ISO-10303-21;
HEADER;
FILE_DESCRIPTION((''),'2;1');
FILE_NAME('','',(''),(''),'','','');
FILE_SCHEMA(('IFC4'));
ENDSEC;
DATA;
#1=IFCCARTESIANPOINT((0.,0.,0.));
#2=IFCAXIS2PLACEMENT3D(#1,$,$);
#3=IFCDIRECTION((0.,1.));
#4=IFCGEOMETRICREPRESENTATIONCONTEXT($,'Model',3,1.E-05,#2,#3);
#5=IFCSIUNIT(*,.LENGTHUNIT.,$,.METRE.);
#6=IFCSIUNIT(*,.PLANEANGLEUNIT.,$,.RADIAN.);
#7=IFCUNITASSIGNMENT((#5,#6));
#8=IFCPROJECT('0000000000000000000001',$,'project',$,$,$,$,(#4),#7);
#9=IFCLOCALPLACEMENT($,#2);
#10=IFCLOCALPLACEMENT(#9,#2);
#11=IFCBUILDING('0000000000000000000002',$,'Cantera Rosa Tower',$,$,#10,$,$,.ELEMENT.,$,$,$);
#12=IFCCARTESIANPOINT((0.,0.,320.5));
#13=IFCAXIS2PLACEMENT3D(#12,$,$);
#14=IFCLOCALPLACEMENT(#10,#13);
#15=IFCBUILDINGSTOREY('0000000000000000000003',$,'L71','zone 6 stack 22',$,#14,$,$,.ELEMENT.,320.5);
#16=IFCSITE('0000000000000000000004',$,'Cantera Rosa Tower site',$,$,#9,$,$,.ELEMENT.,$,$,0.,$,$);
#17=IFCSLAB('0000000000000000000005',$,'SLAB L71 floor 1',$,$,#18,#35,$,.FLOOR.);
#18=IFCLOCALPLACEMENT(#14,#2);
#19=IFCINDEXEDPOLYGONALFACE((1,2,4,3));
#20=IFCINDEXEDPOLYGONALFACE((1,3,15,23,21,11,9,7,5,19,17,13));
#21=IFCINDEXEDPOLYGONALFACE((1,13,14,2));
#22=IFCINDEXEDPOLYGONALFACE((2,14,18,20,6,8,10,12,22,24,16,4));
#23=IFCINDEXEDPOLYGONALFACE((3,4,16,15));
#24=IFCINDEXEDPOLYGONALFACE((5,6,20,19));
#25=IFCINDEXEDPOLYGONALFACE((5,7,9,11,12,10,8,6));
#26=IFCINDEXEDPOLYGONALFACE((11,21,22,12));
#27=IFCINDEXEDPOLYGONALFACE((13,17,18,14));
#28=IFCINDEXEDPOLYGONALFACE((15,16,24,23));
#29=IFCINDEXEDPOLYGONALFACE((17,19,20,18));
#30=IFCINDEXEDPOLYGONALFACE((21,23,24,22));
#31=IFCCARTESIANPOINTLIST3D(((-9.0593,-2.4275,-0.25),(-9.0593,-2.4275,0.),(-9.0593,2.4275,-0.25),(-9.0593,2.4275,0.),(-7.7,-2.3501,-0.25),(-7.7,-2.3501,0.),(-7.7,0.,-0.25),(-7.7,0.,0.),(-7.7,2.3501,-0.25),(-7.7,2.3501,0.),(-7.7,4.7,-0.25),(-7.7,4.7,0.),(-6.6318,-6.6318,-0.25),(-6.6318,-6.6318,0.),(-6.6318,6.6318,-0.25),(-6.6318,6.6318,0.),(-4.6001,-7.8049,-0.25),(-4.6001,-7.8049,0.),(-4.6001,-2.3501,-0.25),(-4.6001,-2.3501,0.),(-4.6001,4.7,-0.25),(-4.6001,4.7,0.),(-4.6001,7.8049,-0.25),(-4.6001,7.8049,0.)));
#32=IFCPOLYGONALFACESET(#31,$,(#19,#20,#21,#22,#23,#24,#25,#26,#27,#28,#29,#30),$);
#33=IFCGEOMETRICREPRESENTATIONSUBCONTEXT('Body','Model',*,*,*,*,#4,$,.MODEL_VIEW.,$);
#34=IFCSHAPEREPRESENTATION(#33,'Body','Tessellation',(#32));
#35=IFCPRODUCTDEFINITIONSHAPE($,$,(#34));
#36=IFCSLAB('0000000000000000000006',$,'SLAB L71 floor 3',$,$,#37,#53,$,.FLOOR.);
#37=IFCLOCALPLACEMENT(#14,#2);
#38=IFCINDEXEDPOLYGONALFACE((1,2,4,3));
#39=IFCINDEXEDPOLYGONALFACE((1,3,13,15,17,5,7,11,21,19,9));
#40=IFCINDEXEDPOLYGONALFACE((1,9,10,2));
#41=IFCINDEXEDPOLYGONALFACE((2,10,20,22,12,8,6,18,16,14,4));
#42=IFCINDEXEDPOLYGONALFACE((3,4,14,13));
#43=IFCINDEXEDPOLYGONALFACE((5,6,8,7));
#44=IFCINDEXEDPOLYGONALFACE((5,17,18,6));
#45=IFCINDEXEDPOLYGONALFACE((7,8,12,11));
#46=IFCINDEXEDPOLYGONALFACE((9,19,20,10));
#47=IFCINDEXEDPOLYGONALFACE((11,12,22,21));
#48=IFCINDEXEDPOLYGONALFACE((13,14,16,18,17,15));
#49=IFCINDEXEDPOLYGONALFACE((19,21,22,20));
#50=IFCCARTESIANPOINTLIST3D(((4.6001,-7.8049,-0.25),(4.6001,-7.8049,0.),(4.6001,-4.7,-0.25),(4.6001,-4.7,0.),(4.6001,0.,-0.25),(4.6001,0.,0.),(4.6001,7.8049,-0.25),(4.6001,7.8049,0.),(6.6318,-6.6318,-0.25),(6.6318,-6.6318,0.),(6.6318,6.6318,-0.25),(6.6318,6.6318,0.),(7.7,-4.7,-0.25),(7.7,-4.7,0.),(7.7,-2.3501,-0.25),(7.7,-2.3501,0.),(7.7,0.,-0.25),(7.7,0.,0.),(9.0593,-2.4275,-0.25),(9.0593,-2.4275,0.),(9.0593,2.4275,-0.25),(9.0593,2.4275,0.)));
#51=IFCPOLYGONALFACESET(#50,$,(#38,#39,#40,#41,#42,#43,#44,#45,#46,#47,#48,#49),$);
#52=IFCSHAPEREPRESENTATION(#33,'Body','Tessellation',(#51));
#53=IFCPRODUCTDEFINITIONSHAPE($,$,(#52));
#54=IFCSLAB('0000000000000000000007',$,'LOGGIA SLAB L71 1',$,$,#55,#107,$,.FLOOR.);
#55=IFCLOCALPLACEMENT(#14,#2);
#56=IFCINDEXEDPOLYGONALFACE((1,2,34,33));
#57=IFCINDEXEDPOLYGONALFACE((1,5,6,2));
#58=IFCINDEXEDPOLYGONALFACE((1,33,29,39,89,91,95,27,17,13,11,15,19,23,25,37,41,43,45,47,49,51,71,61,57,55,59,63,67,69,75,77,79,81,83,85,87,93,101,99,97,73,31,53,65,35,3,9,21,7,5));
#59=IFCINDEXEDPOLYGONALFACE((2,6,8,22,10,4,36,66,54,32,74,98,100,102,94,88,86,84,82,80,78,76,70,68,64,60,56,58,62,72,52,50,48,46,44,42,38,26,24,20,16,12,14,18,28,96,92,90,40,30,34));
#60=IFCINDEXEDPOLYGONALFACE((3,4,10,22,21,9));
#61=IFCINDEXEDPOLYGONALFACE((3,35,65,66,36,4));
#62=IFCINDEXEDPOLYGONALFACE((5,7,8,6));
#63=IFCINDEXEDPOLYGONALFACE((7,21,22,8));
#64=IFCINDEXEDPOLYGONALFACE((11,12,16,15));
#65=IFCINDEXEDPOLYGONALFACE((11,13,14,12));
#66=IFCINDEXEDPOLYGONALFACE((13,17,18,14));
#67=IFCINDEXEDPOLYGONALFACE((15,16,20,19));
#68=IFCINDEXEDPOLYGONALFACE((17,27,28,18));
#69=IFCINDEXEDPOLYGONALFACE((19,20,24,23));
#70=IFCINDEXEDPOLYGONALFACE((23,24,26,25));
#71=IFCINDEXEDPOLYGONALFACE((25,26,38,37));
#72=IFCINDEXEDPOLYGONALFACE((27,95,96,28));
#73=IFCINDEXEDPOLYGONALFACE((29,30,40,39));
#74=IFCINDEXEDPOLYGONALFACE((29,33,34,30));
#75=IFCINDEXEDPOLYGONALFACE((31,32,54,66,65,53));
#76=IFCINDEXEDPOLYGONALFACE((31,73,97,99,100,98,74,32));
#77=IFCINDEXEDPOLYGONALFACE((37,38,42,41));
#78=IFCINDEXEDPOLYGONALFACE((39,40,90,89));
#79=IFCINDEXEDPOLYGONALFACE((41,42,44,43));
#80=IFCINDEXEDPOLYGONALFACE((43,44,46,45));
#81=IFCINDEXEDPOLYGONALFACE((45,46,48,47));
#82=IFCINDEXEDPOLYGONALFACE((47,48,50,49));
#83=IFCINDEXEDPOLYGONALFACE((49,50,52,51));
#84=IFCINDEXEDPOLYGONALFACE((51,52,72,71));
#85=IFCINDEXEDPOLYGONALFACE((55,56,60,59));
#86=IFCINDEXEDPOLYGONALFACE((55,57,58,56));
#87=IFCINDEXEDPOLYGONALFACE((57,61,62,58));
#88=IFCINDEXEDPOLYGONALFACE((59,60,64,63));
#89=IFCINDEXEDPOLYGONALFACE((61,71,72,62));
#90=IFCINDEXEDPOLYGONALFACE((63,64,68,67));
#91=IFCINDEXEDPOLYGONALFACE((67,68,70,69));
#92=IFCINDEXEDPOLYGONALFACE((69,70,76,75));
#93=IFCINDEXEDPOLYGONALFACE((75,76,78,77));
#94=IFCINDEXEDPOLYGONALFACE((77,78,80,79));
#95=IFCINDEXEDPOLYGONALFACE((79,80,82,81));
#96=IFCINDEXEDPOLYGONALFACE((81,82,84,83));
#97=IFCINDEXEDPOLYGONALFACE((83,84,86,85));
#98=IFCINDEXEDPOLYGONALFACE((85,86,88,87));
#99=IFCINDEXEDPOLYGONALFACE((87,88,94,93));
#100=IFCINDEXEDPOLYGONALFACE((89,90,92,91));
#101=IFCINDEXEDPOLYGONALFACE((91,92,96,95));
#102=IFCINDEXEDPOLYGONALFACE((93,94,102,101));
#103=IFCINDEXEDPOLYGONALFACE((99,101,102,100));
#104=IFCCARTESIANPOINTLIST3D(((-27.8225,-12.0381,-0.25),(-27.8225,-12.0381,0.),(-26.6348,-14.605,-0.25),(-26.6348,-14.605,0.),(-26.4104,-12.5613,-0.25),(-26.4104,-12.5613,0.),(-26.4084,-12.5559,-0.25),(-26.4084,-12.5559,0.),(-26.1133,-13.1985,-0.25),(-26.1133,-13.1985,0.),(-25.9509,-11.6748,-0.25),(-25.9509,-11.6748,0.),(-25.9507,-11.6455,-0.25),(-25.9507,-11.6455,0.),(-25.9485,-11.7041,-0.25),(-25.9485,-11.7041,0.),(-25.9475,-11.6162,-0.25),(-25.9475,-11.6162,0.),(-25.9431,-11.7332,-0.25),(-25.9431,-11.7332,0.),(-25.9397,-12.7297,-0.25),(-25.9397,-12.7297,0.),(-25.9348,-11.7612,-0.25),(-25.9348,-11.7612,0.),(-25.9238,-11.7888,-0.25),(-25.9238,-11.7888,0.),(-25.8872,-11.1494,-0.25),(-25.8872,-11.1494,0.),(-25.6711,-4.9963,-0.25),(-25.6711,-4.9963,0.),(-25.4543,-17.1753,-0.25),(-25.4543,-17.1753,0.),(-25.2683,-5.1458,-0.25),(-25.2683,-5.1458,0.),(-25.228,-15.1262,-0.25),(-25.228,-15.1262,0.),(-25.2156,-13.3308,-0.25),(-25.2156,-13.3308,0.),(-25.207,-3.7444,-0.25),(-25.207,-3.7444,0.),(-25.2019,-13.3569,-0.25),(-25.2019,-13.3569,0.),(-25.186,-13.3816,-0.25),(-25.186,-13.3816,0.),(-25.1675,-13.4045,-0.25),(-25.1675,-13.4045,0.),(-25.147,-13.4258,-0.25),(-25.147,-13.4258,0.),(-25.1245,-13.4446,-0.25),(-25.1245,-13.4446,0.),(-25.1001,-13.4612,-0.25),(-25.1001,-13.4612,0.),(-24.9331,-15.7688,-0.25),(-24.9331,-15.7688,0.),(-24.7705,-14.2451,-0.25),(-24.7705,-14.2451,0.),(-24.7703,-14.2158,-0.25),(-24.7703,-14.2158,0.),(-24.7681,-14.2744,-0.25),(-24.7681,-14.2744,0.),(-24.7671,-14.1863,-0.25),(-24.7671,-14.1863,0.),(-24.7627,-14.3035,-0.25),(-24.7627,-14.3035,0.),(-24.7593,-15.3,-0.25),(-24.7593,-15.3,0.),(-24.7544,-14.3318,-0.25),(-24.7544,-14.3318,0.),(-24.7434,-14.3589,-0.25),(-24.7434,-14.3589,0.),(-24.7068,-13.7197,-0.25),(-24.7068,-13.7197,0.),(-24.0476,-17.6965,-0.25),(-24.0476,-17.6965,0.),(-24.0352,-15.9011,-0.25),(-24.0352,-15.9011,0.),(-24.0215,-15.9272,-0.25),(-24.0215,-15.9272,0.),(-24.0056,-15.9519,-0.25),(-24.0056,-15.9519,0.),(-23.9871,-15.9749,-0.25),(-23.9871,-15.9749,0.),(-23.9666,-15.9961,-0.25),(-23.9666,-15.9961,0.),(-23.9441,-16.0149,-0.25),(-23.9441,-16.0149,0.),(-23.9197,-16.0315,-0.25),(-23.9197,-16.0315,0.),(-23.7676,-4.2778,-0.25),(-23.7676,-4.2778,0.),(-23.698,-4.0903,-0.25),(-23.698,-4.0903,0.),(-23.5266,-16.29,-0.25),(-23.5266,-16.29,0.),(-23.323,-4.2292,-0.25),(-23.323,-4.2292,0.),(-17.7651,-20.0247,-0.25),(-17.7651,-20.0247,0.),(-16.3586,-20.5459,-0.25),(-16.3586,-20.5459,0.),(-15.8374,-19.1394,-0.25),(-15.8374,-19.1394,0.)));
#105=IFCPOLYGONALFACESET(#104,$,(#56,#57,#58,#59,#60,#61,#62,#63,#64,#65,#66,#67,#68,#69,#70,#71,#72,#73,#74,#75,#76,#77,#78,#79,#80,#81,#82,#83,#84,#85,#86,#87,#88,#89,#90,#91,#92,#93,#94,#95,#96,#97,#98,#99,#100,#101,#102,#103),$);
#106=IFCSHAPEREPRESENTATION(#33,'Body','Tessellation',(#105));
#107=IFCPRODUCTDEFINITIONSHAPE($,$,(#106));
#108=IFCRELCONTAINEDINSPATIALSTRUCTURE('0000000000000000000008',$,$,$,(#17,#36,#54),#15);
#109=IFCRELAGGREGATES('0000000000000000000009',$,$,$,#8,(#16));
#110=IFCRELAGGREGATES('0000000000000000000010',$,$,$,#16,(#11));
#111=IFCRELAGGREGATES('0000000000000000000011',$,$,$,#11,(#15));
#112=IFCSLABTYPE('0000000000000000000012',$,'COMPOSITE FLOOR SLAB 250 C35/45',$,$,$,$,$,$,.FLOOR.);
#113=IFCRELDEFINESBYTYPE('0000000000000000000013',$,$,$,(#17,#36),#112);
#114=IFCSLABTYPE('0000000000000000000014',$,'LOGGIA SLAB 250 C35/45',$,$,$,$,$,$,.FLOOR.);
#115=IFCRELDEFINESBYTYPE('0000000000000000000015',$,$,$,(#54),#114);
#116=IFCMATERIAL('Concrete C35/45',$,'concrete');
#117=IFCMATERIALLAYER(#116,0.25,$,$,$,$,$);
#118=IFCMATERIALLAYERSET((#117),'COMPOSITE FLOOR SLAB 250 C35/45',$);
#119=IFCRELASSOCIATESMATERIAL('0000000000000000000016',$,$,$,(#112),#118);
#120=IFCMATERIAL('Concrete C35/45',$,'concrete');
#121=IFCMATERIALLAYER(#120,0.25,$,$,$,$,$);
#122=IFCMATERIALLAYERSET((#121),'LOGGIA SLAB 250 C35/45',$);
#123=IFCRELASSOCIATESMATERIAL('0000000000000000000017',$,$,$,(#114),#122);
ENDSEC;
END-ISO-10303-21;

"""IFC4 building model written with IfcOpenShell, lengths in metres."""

from ifc_helpers import new_model, si_unit, direction, frame, origin, place, context, subcontext, project, spatial, polyline, outline, extrude, material, layer, layer_set, type_object, element, save


model = new_model("IFC4")

# Units and contexts
model_context = context("Model", 3, precision=1e-05, world=origin(), true_north=direction((0.0, 1.0)))
body_context = subcontext(model_context, "Body", "Model", "MODEL_VIEW")
ifc_project = project(units=[si_unit("LENGTHUNIT", "METRE"), si_unit("PLANEANGLEUNIT", "RADIAN")], contexts=[model_context])

# Site, building, storey
site_placement = place(None, origin())
site = spatial("IfcSite", under=ifc_project, at=site_placement, Name="Cantera Rosa Tower site", CompositionType="ELEMENT", RefElevation=0.0)
building_placement = place(site_placement, origin())
building = spatial("IfcBuilding", under=site, at=building_placement, Name="Cantera Rosa Tower", CompositionType="ELEMENT")
storey_placement = place(building_placement, frame((0.0, 0.0, 320.5)))
storey = spatial("IfcBuildingStorey", under=building, at=storey_placement, Name="L71", Description="zone 6 stack 22", CompositionType="ELEMENT", Elevation=320.5)

# Slabs
ifc_material_1 = material(Name="Concrete C35/45", Category="concrete")
ifc_layer_1 = layer(ifc_material_1, 0.25)
ifc_layer_set_1 = layer_set([ifc_layer_1], Name="COMPOSITE FLOOR SLAB 250 C35/45")
slab_type_1 = type_object("IfcSlabType", Name="COMPOSITE FLOOR SLAB 250 C35/45", PredefinedType="FLOOR", material=ifc_layer_set_1)
slab_1_placement = place(storey_placement, frame((0.0, 0.0, -0.25)))
element("IfcSlab", 1, at=slab_1_placement, inside=storey, type_object=slab_type_1, Name="SLAB L71 floor 1", PredefinedType="FLOOR", context=body_context, shape_type="SweptSolid", body=[
    extrude(outline(polyline([(-7.7, -2.3501), (-4.6001, -2.3501), (-4.6001, -7.8049), (-6.6318, -6.6318), (-9.0593, -2.4275), (-9.0593, 2.4275), (-6.6318, 6.6318), (-4.6001, 7.8049), (-4.6001, 4.7), (-7.7, 4.7), (-7.7, 2.3501), (-7.7, 0.0), (-7.7, -2.3501)])), origin(), (0.0, 0.0, 1.0), 0.25),
])
slab_2_placement = place(storey_placement, frame((0.0, 0.0, -0.25)))
element("IfcSlab", 2, at=slab_2_placement, inside=storey, type_object=slab_type_1, Name="SLAB L71 floor 3", PredefinedType="FLOOR", context=body_context, shape_type="SweptSolid", body=[
    extrude(outline(polyline([(7.7, -2.3501), (7.7, 0.0), (4.6001, 0.0), (4.6001, 7.8049), (6.6318, 6.6318), (9.0593, 2.4275), (9.0593, -2.4275), (6.6318, -6.6318), (4.6001, -7.8049), (4.6001, -4.7), (7.7, -4.7), (7.7, -2.3501)])), origin(), (0.0, 0.0, 1.0), 0.25),
])
ifc_material_2 = material(Name="Concrete C35/45", Category="concrete")
ifc_layer_2 = layer(ifc_material_2, 0.25)
ifc_layer_set_2 = layer_set([ifc_layer_2], Name="LOGGIA SLAB 250 C35/45")
slab_type_2 = type_object("IfcSlabType", Name="LOGGIA SLAB 250 C35/45", PredefinedType="FLOOR", material=ifc_layer_set_2)
slab_3_placement = place(storey_placement, frame((0.0, 0.0, -0.25)))
element("IfcSlab", 3, at=slab_3_placement, inside=storey, type_object=slab_type_2, Name="LOGGIA SLAB L71 1", PredefinedType="FLOOR", context=body_context, shape_type="SweptSolid", body=[
    extrude(outline(polyline([(-24.0476, -17.6965), (-25.4543, -17.1753), (-24.9331, -15.7688), (-24.7593, -15.3), (-25.228, -15.1262), (-26.6348, -14.605), (-26.1133, -13.1985), (-25.9397, -12.7297), (-26.4084, -12.5559), (-26.4104, -12.5613), (-27.8225, -12.0381), (-25.2683, -5.1458), (-25.6711, -4.9963), (-25.207, -3.7444), (-23.7676, -4.2778), (-23.698, -4.0903), (-23.323, -4.2292), (-25.8872, -11.1494), (-25.9475, -11.6162), (-25.9507, -11.6455), (-25.9509, -11.6748), (-25.9485, -11.7041), (-25.9431, -11.7332), (-25.9348, -11.7612), (-25.9238, -11.7888), (-25.2156, -13.3308), (-25.2019, -13.3569), (-25.186, -13.3816), (-25.1675, -13.4045), (-25.147, -13.4258), (-25.1245, -13.4446), (-25.1001, -13.4612), (-24.7068, -13.7197), (-24.7671, -14.1863), (-24.7703, -14.2158), (-24.7705, -14.2451), (-24.7681, -14.2744), (-24.7627, -14.3035), (-24.7544, -14.3318), (-24.7434, -14.3589), (-24.0352, -15.9011), (-24.0215, -15.9272), (-24.0056, -15.9519), (-23.9871, -15.9749), (-23.9666, -15.9961), (-23.9441, -16.0149), (-23.9197, -16.0315), (-23.5266, -16.29), (-15.8374, -19.1394), (-16.3586, -20.5459), (-17.7651, -20.0247), (-24.0476, -17.6965)])), origin(), (0.0, 0.0, 1.0), 0.25),
])

save(model, "model.ifc")
